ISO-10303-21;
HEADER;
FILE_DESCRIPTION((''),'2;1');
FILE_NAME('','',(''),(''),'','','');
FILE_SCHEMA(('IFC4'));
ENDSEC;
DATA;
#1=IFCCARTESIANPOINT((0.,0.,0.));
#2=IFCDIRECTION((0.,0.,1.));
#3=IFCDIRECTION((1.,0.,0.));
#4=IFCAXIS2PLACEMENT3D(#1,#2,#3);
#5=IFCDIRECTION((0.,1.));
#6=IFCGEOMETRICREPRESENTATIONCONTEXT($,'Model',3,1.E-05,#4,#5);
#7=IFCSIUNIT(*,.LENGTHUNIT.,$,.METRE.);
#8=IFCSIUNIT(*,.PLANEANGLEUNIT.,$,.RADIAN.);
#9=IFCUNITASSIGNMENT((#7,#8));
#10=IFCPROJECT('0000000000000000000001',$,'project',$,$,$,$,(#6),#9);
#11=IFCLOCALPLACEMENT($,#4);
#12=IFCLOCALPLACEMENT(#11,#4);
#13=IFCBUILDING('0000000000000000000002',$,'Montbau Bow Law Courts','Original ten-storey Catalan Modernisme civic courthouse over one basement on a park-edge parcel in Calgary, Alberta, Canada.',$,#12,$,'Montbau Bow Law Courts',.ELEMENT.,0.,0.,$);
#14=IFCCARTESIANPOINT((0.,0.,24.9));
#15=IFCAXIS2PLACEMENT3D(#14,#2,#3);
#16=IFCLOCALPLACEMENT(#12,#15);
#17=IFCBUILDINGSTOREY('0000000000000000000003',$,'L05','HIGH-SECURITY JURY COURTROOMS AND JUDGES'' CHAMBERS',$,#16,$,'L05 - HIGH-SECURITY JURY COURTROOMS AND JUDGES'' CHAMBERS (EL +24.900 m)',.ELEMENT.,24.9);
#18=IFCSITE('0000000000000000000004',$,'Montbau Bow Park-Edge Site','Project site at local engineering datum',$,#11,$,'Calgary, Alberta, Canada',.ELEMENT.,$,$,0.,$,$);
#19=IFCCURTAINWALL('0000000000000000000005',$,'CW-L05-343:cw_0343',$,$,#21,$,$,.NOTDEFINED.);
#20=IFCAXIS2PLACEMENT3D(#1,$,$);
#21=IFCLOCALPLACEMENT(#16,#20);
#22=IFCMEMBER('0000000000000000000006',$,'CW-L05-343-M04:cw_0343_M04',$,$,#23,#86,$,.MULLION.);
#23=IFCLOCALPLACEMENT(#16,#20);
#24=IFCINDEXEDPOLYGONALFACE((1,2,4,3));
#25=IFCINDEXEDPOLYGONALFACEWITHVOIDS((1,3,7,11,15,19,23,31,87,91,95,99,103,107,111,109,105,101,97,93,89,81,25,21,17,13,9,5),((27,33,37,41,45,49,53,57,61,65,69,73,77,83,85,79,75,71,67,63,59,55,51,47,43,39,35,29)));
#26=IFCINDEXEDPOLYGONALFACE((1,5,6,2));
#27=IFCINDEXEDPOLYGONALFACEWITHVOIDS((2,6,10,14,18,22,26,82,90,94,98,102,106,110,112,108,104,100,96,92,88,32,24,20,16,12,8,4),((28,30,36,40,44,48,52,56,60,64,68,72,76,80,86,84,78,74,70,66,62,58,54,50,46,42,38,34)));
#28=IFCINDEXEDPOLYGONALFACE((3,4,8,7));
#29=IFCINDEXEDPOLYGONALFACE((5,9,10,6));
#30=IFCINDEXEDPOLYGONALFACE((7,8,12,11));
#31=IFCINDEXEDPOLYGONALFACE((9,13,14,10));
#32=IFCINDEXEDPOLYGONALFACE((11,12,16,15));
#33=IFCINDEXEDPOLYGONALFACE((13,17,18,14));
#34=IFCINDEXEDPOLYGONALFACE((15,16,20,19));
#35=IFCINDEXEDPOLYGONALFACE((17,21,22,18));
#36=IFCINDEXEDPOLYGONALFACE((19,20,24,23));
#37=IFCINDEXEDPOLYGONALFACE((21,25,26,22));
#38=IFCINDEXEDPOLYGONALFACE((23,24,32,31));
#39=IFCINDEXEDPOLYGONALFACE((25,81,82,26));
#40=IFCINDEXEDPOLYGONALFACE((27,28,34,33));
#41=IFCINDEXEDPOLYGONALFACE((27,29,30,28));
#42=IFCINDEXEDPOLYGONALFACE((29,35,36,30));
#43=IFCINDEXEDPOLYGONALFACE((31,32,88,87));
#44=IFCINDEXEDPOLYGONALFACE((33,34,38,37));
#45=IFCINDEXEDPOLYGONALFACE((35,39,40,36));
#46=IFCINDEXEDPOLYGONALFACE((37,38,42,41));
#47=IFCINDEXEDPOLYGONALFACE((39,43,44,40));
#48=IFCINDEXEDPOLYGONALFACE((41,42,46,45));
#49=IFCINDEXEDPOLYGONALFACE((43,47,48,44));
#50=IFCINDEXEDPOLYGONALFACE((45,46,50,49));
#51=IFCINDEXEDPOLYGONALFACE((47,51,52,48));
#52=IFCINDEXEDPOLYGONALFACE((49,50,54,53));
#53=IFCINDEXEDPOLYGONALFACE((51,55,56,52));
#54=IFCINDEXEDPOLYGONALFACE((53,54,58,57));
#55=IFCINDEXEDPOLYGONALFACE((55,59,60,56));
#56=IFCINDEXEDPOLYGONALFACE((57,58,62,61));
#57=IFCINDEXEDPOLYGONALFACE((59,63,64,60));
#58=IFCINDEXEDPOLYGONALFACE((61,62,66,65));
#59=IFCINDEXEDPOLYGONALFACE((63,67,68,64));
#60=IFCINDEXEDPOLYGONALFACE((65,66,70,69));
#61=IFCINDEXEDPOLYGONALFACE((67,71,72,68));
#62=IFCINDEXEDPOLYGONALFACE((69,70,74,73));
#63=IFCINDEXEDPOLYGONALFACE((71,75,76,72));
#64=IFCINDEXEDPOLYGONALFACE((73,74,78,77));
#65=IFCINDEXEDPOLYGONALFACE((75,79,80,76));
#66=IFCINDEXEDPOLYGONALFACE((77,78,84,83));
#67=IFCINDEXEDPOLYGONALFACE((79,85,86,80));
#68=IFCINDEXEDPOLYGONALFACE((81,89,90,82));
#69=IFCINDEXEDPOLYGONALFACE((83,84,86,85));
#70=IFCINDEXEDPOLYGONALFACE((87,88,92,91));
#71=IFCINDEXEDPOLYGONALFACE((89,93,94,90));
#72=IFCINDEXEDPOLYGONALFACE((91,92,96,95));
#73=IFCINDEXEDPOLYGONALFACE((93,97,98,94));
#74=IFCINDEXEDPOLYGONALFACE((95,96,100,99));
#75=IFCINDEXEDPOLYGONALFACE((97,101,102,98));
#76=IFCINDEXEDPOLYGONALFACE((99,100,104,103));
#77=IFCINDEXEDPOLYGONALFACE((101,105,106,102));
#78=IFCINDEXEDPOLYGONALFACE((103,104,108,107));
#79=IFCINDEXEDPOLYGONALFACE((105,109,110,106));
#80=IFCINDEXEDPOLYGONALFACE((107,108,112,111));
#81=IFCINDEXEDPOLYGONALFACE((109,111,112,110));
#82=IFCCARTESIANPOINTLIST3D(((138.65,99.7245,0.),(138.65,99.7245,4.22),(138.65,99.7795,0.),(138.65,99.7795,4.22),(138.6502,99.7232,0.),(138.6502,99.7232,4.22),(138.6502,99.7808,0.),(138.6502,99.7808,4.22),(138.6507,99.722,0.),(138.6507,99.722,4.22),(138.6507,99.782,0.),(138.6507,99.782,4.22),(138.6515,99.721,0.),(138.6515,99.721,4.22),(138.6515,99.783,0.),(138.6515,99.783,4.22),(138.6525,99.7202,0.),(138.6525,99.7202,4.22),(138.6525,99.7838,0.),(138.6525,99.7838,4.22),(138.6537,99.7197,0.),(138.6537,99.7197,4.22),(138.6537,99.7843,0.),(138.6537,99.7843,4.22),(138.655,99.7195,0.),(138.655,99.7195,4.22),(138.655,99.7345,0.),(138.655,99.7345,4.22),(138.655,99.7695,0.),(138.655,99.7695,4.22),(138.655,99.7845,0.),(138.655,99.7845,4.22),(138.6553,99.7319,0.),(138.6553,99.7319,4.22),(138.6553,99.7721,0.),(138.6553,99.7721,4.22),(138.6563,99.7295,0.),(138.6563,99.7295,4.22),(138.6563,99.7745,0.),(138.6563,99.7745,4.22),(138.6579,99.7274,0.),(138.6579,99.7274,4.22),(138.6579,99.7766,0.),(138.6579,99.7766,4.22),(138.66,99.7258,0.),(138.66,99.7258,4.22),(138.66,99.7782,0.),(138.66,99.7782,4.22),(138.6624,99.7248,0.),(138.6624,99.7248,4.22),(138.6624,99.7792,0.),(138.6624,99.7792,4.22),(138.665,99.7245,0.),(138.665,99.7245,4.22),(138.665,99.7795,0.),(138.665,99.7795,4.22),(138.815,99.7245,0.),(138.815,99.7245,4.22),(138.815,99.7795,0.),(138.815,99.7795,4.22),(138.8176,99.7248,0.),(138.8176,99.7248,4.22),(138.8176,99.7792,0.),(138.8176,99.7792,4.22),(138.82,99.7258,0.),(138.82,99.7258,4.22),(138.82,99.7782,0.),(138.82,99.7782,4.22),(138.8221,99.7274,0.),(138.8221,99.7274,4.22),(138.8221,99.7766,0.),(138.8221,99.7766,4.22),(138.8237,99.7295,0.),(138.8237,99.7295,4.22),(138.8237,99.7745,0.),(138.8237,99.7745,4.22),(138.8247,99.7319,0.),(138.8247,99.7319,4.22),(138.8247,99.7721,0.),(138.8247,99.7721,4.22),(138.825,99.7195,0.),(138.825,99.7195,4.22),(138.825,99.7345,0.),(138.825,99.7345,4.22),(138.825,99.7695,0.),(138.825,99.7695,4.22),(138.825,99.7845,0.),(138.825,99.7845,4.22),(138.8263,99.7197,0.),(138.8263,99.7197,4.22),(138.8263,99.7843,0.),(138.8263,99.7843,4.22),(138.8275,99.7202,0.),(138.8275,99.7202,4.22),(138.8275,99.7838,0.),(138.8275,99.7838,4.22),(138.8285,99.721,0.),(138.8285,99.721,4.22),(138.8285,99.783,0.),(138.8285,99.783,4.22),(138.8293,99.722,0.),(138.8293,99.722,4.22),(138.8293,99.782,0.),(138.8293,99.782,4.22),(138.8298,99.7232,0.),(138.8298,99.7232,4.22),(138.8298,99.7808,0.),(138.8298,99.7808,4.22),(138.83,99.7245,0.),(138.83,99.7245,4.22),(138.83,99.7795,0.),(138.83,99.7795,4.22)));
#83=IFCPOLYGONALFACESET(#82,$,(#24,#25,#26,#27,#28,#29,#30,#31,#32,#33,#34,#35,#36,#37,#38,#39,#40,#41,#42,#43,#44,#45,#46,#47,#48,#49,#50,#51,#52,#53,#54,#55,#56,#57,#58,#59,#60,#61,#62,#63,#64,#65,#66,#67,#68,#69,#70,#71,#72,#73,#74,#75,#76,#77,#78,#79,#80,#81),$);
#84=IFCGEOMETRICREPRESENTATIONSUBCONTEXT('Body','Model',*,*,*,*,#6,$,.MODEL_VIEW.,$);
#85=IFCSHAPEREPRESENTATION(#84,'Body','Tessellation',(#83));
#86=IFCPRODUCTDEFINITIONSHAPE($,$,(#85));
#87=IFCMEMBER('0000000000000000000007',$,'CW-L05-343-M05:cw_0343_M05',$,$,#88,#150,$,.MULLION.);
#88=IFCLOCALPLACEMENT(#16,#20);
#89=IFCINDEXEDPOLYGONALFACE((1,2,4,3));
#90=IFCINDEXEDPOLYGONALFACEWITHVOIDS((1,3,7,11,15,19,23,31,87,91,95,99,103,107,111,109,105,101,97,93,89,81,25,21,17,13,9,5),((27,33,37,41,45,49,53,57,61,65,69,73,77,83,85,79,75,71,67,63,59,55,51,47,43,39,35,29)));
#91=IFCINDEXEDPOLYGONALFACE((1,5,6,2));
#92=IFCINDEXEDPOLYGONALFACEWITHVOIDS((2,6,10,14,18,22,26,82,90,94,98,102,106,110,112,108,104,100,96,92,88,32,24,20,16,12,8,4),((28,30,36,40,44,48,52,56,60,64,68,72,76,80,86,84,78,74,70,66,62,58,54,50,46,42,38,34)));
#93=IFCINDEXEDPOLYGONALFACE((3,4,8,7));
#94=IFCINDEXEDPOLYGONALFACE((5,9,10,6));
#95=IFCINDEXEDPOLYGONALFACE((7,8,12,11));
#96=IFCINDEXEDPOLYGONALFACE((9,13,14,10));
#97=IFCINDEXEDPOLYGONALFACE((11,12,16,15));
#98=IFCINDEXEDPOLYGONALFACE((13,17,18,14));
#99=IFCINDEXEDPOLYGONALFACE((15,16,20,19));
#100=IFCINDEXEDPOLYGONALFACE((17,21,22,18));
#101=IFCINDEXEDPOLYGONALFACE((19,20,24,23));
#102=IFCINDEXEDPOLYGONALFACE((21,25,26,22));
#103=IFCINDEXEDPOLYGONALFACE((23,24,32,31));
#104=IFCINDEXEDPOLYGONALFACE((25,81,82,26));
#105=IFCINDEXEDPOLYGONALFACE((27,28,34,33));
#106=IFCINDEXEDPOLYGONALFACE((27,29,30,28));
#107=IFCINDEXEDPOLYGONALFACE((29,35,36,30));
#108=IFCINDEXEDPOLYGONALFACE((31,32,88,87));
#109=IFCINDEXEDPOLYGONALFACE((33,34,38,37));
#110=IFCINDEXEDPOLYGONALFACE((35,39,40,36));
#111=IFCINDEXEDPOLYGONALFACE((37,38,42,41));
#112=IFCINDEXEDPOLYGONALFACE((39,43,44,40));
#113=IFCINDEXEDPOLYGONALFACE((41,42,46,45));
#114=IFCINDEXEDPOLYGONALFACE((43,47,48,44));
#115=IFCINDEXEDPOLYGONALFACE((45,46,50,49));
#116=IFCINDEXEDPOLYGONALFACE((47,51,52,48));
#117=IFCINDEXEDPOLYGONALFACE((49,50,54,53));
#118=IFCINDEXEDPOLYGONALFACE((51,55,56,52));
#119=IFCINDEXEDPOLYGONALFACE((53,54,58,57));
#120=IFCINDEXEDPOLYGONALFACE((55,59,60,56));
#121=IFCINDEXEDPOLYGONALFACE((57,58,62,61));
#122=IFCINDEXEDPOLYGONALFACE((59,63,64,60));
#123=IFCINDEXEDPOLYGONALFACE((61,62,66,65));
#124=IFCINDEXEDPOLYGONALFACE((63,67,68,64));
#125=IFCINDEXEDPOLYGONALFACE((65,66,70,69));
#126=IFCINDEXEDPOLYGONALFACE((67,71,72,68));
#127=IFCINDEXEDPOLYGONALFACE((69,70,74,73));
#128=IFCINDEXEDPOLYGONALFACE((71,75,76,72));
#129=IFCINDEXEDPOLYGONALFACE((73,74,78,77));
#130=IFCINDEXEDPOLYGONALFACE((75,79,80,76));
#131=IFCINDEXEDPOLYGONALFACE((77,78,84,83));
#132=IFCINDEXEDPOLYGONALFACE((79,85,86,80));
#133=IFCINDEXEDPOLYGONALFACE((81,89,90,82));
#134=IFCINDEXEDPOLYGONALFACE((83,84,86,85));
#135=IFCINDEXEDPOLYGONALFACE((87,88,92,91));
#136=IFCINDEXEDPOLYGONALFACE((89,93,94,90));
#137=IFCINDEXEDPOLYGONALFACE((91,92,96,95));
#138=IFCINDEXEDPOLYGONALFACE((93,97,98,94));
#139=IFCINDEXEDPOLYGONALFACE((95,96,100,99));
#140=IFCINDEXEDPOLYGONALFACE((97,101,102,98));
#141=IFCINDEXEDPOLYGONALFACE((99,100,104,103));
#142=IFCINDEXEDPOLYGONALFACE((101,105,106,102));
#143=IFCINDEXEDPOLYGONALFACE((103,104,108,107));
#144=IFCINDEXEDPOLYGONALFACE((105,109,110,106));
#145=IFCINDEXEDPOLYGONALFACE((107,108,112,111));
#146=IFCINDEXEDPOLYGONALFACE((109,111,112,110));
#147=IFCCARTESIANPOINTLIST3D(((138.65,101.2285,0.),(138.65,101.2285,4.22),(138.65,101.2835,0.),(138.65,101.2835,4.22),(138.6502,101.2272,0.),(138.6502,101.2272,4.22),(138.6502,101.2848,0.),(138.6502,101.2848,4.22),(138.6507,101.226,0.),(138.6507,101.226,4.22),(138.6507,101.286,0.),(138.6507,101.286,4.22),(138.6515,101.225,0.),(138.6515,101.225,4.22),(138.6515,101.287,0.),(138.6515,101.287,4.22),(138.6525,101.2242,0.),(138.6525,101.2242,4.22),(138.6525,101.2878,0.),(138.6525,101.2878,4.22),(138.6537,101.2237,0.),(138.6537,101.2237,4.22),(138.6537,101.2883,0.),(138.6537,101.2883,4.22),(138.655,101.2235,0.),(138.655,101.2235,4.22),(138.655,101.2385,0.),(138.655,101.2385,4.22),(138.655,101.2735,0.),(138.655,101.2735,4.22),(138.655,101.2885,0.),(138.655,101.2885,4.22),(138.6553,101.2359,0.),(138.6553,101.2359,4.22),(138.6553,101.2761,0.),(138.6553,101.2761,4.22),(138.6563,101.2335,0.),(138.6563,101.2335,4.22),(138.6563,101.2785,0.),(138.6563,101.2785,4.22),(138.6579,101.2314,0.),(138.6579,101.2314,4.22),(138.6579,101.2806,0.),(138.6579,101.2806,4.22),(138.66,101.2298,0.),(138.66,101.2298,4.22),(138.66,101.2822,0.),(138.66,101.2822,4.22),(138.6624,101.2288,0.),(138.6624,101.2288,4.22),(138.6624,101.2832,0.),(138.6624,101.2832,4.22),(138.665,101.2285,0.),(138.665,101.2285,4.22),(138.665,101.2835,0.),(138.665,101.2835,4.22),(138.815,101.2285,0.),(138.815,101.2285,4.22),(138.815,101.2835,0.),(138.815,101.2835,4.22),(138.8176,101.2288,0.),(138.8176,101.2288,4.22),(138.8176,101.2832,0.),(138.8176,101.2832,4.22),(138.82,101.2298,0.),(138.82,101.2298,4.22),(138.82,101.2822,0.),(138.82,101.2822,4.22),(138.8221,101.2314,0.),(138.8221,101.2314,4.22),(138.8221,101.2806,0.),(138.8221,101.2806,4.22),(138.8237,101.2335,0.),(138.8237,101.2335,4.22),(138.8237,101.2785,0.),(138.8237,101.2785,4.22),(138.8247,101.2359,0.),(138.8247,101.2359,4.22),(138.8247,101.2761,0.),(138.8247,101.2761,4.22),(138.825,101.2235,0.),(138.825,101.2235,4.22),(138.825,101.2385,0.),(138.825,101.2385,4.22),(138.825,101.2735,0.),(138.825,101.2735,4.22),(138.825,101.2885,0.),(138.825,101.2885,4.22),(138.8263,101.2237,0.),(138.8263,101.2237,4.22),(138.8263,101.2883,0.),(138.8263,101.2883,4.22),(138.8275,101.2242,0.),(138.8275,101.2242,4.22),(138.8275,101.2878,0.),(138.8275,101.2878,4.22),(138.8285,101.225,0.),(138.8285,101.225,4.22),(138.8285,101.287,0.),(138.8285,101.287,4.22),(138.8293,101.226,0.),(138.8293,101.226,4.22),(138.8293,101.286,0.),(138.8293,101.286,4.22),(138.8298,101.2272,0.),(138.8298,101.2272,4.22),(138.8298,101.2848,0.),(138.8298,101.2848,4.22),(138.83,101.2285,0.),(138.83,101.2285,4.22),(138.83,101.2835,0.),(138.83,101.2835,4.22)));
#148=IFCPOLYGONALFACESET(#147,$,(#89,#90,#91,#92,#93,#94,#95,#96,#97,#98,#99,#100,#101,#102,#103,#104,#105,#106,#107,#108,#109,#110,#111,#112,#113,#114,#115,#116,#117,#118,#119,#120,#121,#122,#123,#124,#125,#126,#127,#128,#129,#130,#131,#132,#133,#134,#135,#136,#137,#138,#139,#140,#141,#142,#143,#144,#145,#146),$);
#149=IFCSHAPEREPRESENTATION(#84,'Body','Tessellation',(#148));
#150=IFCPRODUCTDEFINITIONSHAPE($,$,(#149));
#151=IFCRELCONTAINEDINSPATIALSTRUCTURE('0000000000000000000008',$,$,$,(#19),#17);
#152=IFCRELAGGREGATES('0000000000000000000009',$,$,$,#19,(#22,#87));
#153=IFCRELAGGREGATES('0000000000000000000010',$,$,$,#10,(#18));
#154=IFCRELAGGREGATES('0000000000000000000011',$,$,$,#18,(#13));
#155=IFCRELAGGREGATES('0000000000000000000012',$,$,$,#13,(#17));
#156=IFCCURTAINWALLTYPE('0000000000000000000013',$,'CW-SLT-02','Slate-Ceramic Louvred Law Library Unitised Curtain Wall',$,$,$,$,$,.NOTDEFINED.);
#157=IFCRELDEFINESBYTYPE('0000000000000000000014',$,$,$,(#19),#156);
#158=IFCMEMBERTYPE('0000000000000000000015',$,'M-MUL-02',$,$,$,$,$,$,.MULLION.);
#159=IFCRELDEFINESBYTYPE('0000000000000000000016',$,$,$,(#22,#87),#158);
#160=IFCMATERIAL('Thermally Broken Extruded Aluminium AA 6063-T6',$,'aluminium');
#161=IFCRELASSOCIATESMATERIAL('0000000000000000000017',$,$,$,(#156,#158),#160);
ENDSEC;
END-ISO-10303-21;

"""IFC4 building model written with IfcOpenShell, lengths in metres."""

from ifc_helpers import new_model, si_unit, direction, frame, origin_with_axes, origin_2d_with_axis, place, context, subcontext, project, spatial, hollow_rectangle, extrude, material, material_profile, profile_set, type_object, element, aggregate, save


model = new_model("IFC4")

# Units and contexts
model_context = context("Model", 3, precision=1e-05, world=origin_with_axes(), true_north=direction((0.0, 1.0)))
body_context = subcontext(model_context, "Body", "Model", "MODEL_VIEW")
ifc_project = project(units=[si_unit("LENGTHUNIT", "METRE"), si_unit("PLANEANGLEUNIT", "RADIAN")], contexts=[model_context])

# Site, building, storey
site_placement = place(None, origin_with_axes())
site = spatial("IfcSite", under=ifc_project, at=site_placement, Name="Montbau Bow Park-Edge Site", Description="Project site at local engineering datum", LongName="Calgary, Alberta, Canada", CompositionType="ELEMENT", RefElevation=0.0)
building_placement = place(site_placement, origin_with_axes())
building = spatial("IfcBuilding", under=site, at=building_placement, Name="Montbau Bow Law Courts", Description="Original ten-storey Catalan Modernisme civic courthouse over one basement on a park-edge parcel in Calgary, Alberta, Canada.", LongName="Montbau Bow Law Courts", CompositionType="ELEMENT", ElevationOfRefHeight=0.0, ElevationOfTerrain=0.0)
storey_placement = place(building_placement, frame((0.0, 0.0, 24.9), z_axis=(0.0, 0.0, 1.0), x_axis=(1.0, 0.0, 0.0)))
storey = spatial("IfcBuildingStorey", under=building, at=storey_placement, Name="L05", Description="HIGH-SECURITY JURY COURTROOMS AND JUDGES' CHAMBERS", LongName="L05 - HIGH-SECURITY JURY COURTROOMS AND JUDGES' CHAMBERS (EL +24.900 m)", CompositionType="ELEMENT", Elevation=24.9)

# Curtain wall, members
ifc_material_1 = material(Name="Thermally Broken Extruded Aluminium AA 6063-T6", Category="aluminium")
curtain_wall_type = type_object("IfcCurtainWallType", Name="CW-SLT-02", Description="Slate-Ceramic Louvred Law Library Unitised Curtain Wall", PredefinedType="NOTDEFINED", material=ifc_material_1)
curtain_wall_placement = place(None, frame((138.74, 95.24, 24.9), z_axis=(0.0, 0.0, 1.0), x_axis=(1.0, 0.0, 0.0)))
curtain_wall = element("IfcCurtainWall", 1, at=curtain_wall_placement, inside=storey, type_object=curtain_wall_type, Name="CW-L05-343:cw_0343", PredefinedType="NOTDEFINED")
ifc_material_profile_1 = material_profile(ifc_material_1, hollow_rectangle(XDim=0.065, YDim=0.18, WallThickness=0.005, InnerFilletRadius=0.01, OuterFilletRadius=0.005, at=origin_2d_with_axis()), Name="CWM-180X65", Category="Main", Priority=0)
ifc_profile_set_1 = profile_set([ifc_material_profile_1], Name="Thermally Broken Extruded Aluminium AA 6063-T6")
member_type_1 = type_object("IfcMemberType", Name="M-MUL-02", PredefinedType="MULLION", material=ifc_profile_set_1)
member_1_placement = place(None, frame((138.74, 99.752, 24.9), z_axis=(0.0, 0.0, 1.0), x_axis=(0.0, 1.0, 0.0)))
member_1 = element("IfcMember", 2, at=member_1_placement, type_object=member_type_1, Name="CW-L05-343-M04:cw_0343_M04", PredefinedType="MULLION", context=body_context, shape_type="SweptSolid", body=[
    extrude(hollow_rectangle(XDim=0.065, YDim=0.18, WallThickness=0.005, InnerFilletRadius=0.01, OuterFilletRadius=0.005, at=origin_2d_with_axis()), origin_with_axes(), (0.0, 0.0, 1.0), 4.22),
])
member_2_placement = place(None, frame((138.74, 101.256, 24.9), z_axis=(0.0, 0.0, 1.0), x_axis=(0.0, 1.0, 0.0)))
member_2 = element("IfcMember", 3, at=member_2_placement, type_object=member_type_1, Name="CW-L05-343-M05:cw_0343_M05", PredefinedType="MULLION", context=body_context, shape_type="SweptSolid", body=[
    extrude(hollow_rectangle(XDim=0.065, YDim=0.18, WallThickness=0.005, InnerFilletRadius=0.01, OuterFilletRadius=0.005, at=origin_2d_with_axis()), origin_with_axes(), (0.0, 0.0, 1.0), 4.22),
])
aggregate(curtain_wall, [member_1, member_2])

save(model, "model.ifc")
